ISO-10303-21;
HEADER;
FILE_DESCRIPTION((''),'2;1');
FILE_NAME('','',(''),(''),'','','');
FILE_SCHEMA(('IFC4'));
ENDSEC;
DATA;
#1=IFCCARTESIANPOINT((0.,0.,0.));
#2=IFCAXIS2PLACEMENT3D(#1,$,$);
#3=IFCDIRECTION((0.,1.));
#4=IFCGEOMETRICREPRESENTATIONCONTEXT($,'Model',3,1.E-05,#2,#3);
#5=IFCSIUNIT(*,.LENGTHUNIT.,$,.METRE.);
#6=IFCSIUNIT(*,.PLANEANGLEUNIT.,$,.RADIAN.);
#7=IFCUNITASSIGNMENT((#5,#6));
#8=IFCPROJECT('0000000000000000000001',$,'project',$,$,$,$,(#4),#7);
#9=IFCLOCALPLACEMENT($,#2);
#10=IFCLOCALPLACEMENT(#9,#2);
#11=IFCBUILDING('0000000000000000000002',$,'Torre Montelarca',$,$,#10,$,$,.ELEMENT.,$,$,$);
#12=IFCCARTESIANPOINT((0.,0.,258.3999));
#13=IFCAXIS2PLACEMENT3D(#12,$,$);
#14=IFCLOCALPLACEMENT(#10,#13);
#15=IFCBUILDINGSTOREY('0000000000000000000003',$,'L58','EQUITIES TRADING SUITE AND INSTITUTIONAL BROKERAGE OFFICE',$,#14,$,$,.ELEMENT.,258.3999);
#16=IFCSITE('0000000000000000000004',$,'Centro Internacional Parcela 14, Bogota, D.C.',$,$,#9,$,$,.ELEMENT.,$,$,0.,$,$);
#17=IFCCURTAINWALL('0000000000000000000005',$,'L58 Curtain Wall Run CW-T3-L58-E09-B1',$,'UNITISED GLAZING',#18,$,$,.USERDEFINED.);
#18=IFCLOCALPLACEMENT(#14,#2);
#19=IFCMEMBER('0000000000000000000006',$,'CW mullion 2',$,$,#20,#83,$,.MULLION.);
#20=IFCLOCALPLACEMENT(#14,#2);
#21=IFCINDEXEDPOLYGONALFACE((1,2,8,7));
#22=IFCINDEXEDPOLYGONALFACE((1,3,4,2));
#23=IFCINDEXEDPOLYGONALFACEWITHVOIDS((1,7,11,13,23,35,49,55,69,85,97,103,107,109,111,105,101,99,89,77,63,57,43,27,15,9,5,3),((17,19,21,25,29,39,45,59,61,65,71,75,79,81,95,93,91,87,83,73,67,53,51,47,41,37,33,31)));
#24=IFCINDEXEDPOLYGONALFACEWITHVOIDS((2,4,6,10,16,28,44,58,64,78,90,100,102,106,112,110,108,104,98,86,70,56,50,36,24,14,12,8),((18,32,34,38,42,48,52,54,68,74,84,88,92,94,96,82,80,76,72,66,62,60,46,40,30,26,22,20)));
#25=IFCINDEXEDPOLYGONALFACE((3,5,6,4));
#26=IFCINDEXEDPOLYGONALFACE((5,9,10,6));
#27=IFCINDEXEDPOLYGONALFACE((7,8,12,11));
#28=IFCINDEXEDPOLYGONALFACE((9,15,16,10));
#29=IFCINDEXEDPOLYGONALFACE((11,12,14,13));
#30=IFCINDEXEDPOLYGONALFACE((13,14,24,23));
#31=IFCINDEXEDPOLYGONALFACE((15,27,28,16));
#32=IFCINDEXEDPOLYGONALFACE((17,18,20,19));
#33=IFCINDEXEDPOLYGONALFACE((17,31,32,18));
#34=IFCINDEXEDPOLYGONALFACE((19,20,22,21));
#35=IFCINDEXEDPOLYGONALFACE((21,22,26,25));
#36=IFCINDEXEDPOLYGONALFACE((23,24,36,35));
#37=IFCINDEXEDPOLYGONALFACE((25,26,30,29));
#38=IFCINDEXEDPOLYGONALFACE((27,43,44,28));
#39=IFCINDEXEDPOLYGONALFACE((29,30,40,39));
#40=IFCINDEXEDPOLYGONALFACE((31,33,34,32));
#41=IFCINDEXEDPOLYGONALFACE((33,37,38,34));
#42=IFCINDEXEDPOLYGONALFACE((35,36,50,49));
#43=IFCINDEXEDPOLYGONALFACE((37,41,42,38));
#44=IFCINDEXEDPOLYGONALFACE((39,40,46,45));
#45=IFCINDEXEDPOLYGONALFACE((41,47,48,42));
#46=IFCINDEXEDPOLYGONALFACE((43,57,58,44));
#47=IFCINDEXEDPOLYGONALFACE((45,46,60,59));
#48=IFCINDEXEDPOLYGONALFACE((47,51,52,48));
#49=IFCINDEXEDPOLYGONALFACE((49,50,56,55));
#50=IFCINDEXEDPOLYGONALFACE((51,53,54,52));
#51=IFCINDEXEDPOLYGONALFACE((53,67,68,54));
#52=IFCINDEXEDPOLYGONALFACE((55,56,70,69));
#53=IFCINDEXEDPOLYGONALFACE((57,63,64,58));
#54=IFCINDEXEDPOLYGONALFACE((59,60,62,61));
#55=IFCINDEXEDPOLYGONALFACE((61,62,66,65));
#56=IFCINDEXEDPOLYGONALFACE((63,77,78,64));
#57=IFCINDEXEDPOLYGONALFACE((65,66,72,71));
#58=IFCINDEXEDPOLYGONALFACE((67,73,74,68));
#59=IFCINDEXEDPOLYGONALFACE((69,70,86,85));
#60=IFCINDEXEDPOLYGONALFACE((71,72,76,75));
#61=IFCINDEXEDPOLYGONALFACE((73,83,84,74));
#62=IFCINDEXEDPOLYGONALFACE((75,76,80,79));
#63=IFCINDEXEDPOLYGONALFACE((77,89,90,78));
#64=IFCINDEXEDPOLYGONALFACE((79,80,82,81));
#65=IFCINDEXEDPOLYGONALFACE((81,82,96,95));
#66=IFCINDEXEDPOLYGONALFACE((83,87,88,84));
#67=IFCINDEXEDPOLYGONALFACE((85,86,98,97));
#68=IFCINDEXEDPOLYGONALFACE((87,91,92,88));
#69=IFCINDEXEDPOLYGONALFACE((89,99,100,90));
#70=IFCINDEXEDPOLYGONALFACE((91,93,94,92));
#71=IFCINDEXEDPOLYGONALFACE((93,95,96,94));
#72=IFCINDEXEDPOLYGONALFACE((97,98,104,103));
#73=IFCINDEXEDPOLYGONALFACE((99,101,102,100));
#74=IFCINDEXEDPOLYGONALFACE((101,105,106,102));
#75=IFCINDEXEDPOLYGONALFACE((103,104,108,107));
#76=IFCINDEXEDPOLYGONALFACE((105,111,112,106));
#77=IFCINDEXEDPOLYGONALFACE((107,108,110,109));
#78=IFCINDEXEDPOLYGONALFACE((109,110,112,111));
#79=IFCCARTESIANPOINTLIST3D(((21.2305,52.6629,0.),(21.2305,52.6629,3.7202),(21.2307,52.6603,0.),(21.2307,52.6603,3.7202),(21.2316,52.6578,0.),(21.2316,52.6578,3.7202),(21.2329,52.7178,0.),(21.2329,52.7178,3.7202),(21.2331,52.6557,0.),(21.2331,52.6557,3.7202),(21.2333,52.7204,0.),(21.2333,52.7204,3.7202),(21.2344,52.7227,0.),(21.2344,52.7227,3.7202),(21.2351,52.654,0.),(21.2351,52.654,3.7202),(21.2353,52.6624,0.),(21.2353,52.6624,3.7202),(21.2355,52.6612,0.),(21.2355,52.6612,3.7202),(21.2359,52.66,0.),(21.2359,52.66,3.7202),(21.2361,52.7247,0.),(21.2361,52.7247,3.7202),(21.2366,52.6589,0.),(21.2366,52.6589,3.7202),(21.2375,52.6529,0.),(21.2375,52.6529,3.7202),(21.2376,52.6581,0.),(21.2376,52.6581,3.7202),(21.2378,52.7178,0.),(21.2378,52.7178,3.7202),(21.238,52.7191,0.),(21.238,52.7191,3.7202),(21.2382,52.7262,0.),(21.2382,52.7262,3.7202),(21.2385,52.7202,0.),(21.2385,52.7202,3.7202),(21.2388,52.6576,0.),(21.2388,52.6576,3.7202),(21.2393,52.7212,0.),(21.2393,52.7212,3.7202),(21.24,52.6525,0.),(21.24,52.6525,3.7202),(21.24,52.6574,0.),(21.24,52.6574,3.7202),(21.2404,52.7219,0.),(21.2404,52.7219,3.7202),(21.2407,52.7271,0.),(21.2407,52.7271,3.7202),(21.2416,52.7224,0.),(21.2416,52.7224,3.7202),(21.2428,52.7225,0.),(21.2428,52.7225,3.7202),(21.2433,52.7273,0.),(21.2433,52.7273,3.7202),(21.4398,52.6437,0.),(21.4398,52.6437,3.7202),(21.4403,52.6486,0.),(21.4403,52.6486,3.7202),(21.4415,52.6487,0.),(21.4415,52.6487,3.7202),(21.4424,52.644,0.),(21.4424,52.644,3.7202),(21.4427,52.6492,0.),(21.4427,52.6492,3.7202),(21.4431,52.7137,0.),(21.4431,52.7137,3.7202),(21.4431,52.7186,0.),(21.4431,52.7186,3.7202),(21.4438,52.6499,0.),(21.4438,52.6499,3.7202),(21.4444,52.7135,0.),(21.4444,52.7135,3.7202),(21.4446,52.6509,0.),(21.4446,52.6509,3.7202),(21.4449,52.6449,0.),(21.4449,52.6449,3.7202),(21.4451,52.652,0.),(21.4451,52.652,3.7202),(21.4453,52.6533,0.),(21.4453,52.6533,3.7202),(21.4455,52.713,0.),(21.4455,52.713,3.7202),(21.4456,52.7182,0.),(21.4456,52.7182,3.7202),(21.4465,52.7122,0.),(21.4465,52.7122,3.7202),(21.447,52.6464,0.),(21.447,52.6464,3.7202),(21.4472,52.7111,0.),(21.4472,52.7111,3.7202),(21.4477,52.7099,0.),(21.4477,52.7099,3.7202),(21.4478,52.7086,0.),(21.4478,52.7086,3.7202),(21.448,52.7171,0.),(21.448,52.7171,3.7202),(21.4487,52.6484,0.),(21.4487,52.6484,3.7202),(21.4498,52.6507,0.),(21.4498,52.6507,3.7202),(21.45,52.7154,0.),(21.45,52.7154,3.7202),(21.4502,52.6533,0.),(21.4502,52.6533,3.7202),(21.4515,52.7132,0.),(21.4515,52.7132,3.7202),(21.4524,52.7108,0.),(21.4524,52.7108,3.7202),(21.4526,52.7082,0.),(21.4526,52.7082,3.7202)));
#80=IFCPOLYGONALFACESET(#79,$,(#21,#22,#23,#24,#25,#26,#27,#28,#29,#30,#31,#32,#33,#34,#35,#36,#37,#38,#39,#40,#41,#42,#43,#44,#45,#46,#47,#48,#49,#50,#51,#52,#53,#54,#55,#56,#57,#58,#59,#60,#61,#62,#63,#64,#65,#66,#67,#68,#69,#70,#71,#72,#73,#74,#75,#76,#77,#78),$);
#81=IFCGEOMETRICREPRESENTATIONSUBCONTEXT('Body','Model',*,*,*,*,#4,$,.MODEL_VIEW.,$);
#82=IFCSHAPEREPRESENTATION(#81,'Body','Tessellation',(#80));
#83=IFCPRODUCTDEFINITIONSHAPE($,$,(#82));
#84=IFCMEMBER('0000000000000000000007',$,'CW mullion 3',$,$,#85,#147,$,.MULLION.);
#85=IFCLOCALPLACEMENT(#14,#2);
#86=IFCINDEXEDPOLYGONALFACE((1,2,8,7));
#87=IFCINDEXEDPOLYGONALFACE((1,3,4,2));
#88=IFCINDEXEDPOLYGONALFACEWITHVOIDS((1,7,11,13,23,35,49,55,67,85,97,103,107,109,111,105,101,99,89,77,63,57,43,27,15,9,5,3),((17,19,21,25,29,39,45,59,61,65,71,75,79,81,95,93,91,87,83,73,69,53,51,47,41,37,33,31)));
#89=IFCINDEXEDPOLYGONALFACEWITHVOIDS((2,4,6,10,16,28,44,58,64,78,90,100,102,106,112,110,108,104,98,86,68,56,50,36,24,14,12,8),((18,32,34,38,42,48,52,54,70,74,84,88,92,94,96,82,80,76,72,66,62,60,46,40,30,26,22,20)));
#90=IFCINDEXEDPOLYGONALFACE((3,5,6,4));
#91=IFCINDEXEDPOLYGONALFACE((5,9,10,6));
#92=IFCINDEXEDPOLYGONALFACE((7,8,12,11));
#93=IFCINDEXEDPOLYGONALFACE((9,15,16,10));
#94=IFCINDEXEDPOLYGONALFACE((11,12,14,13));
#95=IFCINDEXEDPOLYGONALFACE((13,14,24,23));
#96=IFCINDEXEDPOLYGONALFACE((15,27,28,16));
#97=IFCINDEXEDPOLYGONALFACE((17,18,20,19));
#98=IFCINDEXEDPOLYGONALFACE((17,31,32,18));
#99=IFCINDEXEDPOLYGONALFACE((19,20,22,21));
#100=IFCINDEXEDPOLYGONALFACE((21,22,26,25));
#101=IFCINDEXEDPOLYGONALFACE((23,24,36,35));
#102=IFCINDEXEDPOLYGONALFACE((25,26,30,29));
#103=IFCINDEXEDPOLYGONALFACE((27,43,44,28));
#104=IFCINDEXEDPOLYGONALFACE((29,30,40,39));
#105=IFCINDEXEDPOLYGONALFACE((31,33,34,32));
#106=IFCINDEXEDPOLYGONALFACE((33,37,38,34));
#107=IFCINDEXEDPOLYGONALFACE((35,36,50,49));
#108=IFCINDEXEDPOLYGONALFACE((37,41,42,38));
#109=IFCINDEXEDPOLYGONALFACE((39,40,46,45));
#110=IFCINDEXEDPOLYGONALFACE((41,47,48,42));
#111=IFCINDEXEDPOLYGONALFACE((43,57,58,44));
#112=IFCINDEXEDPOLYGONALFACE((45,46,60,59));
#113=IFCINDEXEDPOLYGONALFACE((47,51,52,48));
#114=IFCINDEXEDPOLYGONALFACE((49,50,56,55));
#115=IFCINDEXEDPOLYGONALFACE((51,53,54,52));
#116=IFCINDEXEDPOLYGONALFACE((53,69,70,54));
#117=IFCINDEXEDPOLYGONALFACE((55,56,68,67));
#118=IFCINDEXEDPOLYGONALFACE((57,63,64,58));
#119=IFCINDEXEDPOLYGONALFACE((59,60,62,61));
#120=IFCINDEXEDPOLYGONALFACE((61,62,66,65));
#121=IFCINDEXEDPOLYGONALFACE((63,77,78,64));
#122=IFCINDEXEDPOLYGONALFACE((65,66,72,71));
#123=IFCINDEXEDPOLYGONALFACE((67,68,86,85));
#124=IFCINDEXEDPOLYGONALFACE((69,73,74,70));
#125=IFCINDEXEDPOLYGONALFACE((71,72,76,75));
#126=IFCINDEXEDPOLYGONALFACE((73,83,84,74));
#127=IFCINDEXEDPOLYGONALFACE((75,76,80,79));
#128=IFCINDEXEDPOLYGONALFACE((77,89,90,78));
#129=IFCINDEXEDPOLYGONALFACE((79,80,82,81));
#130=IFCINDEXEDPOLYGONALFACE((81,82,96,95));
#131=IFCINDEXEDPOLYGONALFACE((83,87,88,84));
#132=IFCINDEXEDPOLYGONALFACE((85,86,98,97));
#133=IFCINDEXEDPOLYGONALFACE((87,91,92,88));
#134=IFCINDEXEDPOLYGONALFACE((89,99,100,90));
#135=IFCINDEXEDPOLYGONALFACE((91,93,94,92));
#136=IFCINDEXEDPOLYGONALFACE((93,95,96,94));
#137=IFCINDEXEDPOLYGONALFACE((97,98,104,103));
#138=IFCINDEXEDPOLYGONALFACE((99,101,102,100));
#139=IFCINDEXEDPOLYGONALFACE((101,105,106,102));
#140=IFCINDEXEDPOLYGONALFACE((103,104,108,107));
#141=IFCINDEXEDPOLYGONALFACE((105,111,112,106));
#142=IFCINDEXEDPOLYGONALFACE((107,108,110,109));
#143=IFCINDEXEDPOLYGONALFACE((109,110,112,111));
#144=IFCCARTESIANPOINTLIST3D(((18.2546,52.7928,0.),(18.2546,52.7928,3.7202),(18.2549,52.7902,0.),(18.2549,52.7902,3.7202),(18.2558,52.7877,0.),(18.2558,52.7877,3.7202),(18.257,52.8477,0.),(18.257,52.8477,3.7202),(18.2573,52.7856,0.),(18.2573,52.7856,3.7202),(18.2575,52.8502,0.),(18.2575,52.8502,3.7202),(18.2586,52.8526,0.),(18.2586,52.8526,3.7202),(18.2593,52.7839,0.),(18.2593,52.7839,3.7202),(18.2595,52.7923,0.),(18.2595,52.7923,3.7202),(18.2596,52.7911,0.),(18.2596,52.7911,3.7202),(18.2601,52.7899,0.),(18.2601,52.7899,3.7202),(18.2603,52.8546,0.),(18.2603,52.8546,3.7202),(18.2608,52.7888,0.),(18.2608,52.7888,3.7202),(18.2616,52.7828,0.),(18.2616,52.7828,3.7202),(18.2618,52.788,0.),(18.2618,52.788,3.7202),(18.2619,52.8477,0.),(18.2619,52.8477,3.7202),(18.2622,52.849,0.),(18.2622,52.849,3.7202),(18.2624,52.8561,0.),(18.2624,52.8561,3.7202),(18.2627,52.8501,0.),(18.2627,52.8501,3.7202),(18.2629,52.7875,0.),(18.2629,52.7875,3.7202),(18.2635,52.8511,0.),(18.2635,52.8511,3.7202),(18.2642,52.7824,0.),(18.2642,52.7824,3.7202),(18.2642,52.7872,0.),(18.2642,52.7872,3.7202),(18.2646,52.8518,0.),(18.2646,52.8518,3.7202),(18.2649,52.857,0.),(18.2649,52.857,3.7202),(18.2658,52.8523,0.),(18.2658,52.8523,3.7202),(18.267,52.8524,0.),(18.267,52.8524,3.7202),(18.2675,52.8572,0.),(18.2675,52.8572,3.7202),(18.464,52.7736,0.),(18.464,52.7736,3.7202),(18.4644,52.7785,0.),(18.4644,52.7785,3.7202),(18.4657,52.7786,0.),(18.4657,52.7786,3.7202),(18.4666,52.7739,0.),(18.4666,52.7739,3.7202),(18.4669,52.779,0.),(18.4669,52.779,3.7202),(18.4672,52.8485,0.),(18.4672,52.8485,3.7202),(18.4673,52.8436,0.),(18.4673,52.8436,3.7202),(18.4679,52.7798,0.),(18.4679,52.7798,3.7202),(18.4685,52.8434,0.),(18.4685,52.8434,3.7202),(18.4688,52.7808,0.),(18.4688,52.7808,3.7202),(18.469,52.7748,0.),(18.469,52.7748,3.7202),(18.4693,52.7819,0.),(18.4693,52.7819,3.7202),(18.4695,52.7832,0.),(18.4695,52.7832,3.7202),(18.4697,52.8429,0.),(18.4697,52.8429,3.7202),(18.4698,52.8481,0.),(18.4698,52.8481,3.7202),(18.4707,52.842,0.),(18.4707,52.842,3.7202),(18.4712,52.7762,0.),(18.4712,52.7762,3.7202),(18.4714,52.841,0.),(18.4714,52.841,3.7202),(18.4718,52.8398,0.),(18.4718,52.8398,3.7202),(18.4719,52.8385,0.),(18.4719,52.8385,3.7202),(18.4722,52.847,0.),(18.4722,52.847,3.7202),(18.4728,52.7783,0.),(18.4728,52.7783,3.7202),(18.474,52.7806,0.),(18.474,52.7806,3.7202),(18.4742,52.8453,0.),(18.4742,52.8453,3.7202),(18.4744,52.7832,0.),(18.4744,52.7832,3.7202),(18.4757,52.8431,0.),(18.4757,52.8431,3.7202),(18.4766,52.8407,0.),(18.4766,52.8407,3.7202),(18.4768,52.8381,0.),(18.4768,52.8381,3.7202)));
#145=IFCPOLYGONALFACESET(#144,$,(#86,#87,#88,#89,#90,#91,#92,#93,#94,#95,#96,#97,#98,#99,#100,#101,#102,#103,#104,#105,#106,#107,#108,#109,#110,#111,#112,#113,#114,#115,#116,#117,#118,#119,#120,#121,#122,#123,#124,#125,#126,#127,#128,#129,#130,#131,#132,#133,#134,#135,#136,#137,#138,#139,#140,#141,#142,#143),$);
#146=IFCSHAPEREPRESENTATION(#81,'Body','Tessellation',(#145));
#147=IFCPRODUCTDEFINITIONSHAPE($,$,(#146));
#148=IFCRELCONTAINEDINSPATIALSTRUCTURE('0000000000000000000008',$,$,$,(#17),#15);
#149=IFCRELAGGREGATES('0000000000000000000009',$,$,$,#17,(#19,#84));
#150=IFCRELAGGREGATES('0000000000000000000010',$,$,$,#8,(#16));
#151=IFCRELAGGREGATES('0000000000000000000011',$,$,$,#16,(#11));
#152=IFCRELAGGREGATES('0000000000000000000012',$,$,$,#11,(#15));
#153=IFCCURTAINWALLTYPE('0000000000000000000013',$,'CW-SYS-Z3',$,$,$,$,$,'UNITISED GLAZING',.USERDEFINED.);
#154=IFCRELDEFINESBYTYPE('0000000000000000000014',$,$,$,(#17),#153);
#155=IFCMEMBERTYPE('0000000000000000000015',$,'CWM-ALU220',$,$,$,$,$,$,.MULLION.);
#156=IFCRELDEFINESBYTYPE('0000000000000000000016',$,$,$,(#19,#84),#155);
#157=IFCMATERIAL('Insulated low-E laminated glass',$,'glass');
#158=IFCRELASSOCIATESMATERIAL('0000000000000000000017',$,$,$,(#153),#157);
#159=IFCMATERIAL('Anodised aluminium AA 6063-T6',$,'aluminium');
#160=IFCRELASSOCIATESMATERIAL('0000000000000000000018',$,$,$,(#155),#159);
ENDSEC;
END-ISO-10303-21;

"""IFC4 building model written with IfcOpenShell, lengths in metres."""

from ifc_helpers import new_model, si_unit, direction, frame, origin, origin_2d, place, context, subcontext, project, spatial, hollow_rectangle, extrude, source, transform, mapped, material, material_profile, profile_set, type_object, element, aggregate, save


model = new_model("IFC4")

# Units and contexts
model_context = context("Model", 3, precision=1e-05, world=origin(), true_north=direction((0.0, 1.0)))
body_context = subcontext(model_context, "Body", "Model", "MODEL_VIEW")
ifc_project = project(units=[si_unit("LENGTHUNIT", "METRE"), si_unit("PLANEANGLEUNIT", "RADIAN")], contexts=[model_context])

# Site, building, storey
site_placement = place(None, origin())
site = spatial("IfcSite", under=ifc_project, at=site_placement, Name="Centro Internacional Parcela 14, Bogota, D.C.", CompositionType="ELEMENT", RefElevation=0.0)
building_placement = place(site_placement, origin())
building = spatial("IfcBuilding", under=site, at=building_placement, Name="Torre Montelarca", CompositionType="ELEMENT")
storey_placement = place(building_placement, frame((0.0, 0.0, 258.3999)))
storey = spatial("IfcBuildingStorey", under=building, at=storey_placement, Name="L58", Description="EQUITIES TRADING SUITE AND INSTITUTIONAL BROKERAGE OFFICE", CompositionType="ELEMENT", Elevation=258.3999)

# Curtain wall, members
ifc_material_1 = material(Name="Insulated low-E laminated glass", Category="glass")
curtain_wall_type = type_object("IfcCurtainWallType", Name="CW-SYS-Z3", ElementType="UNITISED GLAZING", PredefinedType="USERDEFINED", material=ifc_material_1)
curtain_wall_1_placement = place(storey_placement, origin())
curtain_wall_1 = element("IfcCurtainWall", 1, at=curtain_wall_1_placement, inside=storey, type_object=curtain_wall_type, Name="L58 Curtain Wall Run CW-T3-L58-E09-B1", ObjectType="UNITISED GLAZING", PredefinedType="USERDEFINED")
ifc_material_2 = material(Name="Anodised aluminium AA 6063-T6", Category="aluminium")
ifc_material_profile_1 = material_profile(ifc_material_2, hollow_rectangle(XDim=0.075, YDim=0.22, WallThickness=0.0049, InnerFilletRadius=0.0049, OuterFilletRadius=0.01, at=origin_2d()), Name="ALU75X220X5", Category="aluminium")
ifc_profile_set_1 = profile_set([ifc_material_profile_1], Name="Anodised aluminium AA 6063-T6")
member_type_1 = type_object("IfcMemberType", Name="CWM-ALU220", PredefinedType="MULLION", material=ifc_profile_set_1)
shared_shape_1 = source(origin(), body_context, "Body", "SweptSolid", [
    extrude(hollow_rectangle(XDim=0.075, YDim=0.22, WallThickness=0.0049, InnerFilletRadius=0.0049, OuterFilletRadius=0.01, at=origin_2d()), origin(), (0.0, 0.0, 1.0), 3.7202),
])
member_1_placement = place(storey_placement, frame((21.3416, 52.6855, 0.0), z_axis=(0.0, 0.0, 1.0), x_axis=(-0.043616, -0.999048, 0.0)))
member_1 = element("IfcMember", 2, at=member_1_placement, type_object=member_type_1, Name="CW mullion 2", PredefinedType="MULLION", context=body_context, shape_type="MappedRepresentation", body=[
    mapped(shared_shape_1, transform((0.0, 0.0, 0.0), scale=1.0)),
])
member_2_placement = place(storey_placement, frame((18.3657, 52.8154, 0.0), z_axis=(0.0, 0.0, 1.0), x_axis=(-0.043616, -0.999048, 0.0)))
member_2 = element("IfcMember", 3, at=member_2_placement, type_object=member_type_1, Name="CW mullion 3", PredefinedType="MULLION", context=body_context, shape_type="MappedRepresentation", body=[
    mapped(shared_shape_1, transform((0.0, 0.0, 0.0), scale=1.0)),
])

aggregate(curtain_wall_1, [member_1, member_2])

save(model, "model.ifc")
